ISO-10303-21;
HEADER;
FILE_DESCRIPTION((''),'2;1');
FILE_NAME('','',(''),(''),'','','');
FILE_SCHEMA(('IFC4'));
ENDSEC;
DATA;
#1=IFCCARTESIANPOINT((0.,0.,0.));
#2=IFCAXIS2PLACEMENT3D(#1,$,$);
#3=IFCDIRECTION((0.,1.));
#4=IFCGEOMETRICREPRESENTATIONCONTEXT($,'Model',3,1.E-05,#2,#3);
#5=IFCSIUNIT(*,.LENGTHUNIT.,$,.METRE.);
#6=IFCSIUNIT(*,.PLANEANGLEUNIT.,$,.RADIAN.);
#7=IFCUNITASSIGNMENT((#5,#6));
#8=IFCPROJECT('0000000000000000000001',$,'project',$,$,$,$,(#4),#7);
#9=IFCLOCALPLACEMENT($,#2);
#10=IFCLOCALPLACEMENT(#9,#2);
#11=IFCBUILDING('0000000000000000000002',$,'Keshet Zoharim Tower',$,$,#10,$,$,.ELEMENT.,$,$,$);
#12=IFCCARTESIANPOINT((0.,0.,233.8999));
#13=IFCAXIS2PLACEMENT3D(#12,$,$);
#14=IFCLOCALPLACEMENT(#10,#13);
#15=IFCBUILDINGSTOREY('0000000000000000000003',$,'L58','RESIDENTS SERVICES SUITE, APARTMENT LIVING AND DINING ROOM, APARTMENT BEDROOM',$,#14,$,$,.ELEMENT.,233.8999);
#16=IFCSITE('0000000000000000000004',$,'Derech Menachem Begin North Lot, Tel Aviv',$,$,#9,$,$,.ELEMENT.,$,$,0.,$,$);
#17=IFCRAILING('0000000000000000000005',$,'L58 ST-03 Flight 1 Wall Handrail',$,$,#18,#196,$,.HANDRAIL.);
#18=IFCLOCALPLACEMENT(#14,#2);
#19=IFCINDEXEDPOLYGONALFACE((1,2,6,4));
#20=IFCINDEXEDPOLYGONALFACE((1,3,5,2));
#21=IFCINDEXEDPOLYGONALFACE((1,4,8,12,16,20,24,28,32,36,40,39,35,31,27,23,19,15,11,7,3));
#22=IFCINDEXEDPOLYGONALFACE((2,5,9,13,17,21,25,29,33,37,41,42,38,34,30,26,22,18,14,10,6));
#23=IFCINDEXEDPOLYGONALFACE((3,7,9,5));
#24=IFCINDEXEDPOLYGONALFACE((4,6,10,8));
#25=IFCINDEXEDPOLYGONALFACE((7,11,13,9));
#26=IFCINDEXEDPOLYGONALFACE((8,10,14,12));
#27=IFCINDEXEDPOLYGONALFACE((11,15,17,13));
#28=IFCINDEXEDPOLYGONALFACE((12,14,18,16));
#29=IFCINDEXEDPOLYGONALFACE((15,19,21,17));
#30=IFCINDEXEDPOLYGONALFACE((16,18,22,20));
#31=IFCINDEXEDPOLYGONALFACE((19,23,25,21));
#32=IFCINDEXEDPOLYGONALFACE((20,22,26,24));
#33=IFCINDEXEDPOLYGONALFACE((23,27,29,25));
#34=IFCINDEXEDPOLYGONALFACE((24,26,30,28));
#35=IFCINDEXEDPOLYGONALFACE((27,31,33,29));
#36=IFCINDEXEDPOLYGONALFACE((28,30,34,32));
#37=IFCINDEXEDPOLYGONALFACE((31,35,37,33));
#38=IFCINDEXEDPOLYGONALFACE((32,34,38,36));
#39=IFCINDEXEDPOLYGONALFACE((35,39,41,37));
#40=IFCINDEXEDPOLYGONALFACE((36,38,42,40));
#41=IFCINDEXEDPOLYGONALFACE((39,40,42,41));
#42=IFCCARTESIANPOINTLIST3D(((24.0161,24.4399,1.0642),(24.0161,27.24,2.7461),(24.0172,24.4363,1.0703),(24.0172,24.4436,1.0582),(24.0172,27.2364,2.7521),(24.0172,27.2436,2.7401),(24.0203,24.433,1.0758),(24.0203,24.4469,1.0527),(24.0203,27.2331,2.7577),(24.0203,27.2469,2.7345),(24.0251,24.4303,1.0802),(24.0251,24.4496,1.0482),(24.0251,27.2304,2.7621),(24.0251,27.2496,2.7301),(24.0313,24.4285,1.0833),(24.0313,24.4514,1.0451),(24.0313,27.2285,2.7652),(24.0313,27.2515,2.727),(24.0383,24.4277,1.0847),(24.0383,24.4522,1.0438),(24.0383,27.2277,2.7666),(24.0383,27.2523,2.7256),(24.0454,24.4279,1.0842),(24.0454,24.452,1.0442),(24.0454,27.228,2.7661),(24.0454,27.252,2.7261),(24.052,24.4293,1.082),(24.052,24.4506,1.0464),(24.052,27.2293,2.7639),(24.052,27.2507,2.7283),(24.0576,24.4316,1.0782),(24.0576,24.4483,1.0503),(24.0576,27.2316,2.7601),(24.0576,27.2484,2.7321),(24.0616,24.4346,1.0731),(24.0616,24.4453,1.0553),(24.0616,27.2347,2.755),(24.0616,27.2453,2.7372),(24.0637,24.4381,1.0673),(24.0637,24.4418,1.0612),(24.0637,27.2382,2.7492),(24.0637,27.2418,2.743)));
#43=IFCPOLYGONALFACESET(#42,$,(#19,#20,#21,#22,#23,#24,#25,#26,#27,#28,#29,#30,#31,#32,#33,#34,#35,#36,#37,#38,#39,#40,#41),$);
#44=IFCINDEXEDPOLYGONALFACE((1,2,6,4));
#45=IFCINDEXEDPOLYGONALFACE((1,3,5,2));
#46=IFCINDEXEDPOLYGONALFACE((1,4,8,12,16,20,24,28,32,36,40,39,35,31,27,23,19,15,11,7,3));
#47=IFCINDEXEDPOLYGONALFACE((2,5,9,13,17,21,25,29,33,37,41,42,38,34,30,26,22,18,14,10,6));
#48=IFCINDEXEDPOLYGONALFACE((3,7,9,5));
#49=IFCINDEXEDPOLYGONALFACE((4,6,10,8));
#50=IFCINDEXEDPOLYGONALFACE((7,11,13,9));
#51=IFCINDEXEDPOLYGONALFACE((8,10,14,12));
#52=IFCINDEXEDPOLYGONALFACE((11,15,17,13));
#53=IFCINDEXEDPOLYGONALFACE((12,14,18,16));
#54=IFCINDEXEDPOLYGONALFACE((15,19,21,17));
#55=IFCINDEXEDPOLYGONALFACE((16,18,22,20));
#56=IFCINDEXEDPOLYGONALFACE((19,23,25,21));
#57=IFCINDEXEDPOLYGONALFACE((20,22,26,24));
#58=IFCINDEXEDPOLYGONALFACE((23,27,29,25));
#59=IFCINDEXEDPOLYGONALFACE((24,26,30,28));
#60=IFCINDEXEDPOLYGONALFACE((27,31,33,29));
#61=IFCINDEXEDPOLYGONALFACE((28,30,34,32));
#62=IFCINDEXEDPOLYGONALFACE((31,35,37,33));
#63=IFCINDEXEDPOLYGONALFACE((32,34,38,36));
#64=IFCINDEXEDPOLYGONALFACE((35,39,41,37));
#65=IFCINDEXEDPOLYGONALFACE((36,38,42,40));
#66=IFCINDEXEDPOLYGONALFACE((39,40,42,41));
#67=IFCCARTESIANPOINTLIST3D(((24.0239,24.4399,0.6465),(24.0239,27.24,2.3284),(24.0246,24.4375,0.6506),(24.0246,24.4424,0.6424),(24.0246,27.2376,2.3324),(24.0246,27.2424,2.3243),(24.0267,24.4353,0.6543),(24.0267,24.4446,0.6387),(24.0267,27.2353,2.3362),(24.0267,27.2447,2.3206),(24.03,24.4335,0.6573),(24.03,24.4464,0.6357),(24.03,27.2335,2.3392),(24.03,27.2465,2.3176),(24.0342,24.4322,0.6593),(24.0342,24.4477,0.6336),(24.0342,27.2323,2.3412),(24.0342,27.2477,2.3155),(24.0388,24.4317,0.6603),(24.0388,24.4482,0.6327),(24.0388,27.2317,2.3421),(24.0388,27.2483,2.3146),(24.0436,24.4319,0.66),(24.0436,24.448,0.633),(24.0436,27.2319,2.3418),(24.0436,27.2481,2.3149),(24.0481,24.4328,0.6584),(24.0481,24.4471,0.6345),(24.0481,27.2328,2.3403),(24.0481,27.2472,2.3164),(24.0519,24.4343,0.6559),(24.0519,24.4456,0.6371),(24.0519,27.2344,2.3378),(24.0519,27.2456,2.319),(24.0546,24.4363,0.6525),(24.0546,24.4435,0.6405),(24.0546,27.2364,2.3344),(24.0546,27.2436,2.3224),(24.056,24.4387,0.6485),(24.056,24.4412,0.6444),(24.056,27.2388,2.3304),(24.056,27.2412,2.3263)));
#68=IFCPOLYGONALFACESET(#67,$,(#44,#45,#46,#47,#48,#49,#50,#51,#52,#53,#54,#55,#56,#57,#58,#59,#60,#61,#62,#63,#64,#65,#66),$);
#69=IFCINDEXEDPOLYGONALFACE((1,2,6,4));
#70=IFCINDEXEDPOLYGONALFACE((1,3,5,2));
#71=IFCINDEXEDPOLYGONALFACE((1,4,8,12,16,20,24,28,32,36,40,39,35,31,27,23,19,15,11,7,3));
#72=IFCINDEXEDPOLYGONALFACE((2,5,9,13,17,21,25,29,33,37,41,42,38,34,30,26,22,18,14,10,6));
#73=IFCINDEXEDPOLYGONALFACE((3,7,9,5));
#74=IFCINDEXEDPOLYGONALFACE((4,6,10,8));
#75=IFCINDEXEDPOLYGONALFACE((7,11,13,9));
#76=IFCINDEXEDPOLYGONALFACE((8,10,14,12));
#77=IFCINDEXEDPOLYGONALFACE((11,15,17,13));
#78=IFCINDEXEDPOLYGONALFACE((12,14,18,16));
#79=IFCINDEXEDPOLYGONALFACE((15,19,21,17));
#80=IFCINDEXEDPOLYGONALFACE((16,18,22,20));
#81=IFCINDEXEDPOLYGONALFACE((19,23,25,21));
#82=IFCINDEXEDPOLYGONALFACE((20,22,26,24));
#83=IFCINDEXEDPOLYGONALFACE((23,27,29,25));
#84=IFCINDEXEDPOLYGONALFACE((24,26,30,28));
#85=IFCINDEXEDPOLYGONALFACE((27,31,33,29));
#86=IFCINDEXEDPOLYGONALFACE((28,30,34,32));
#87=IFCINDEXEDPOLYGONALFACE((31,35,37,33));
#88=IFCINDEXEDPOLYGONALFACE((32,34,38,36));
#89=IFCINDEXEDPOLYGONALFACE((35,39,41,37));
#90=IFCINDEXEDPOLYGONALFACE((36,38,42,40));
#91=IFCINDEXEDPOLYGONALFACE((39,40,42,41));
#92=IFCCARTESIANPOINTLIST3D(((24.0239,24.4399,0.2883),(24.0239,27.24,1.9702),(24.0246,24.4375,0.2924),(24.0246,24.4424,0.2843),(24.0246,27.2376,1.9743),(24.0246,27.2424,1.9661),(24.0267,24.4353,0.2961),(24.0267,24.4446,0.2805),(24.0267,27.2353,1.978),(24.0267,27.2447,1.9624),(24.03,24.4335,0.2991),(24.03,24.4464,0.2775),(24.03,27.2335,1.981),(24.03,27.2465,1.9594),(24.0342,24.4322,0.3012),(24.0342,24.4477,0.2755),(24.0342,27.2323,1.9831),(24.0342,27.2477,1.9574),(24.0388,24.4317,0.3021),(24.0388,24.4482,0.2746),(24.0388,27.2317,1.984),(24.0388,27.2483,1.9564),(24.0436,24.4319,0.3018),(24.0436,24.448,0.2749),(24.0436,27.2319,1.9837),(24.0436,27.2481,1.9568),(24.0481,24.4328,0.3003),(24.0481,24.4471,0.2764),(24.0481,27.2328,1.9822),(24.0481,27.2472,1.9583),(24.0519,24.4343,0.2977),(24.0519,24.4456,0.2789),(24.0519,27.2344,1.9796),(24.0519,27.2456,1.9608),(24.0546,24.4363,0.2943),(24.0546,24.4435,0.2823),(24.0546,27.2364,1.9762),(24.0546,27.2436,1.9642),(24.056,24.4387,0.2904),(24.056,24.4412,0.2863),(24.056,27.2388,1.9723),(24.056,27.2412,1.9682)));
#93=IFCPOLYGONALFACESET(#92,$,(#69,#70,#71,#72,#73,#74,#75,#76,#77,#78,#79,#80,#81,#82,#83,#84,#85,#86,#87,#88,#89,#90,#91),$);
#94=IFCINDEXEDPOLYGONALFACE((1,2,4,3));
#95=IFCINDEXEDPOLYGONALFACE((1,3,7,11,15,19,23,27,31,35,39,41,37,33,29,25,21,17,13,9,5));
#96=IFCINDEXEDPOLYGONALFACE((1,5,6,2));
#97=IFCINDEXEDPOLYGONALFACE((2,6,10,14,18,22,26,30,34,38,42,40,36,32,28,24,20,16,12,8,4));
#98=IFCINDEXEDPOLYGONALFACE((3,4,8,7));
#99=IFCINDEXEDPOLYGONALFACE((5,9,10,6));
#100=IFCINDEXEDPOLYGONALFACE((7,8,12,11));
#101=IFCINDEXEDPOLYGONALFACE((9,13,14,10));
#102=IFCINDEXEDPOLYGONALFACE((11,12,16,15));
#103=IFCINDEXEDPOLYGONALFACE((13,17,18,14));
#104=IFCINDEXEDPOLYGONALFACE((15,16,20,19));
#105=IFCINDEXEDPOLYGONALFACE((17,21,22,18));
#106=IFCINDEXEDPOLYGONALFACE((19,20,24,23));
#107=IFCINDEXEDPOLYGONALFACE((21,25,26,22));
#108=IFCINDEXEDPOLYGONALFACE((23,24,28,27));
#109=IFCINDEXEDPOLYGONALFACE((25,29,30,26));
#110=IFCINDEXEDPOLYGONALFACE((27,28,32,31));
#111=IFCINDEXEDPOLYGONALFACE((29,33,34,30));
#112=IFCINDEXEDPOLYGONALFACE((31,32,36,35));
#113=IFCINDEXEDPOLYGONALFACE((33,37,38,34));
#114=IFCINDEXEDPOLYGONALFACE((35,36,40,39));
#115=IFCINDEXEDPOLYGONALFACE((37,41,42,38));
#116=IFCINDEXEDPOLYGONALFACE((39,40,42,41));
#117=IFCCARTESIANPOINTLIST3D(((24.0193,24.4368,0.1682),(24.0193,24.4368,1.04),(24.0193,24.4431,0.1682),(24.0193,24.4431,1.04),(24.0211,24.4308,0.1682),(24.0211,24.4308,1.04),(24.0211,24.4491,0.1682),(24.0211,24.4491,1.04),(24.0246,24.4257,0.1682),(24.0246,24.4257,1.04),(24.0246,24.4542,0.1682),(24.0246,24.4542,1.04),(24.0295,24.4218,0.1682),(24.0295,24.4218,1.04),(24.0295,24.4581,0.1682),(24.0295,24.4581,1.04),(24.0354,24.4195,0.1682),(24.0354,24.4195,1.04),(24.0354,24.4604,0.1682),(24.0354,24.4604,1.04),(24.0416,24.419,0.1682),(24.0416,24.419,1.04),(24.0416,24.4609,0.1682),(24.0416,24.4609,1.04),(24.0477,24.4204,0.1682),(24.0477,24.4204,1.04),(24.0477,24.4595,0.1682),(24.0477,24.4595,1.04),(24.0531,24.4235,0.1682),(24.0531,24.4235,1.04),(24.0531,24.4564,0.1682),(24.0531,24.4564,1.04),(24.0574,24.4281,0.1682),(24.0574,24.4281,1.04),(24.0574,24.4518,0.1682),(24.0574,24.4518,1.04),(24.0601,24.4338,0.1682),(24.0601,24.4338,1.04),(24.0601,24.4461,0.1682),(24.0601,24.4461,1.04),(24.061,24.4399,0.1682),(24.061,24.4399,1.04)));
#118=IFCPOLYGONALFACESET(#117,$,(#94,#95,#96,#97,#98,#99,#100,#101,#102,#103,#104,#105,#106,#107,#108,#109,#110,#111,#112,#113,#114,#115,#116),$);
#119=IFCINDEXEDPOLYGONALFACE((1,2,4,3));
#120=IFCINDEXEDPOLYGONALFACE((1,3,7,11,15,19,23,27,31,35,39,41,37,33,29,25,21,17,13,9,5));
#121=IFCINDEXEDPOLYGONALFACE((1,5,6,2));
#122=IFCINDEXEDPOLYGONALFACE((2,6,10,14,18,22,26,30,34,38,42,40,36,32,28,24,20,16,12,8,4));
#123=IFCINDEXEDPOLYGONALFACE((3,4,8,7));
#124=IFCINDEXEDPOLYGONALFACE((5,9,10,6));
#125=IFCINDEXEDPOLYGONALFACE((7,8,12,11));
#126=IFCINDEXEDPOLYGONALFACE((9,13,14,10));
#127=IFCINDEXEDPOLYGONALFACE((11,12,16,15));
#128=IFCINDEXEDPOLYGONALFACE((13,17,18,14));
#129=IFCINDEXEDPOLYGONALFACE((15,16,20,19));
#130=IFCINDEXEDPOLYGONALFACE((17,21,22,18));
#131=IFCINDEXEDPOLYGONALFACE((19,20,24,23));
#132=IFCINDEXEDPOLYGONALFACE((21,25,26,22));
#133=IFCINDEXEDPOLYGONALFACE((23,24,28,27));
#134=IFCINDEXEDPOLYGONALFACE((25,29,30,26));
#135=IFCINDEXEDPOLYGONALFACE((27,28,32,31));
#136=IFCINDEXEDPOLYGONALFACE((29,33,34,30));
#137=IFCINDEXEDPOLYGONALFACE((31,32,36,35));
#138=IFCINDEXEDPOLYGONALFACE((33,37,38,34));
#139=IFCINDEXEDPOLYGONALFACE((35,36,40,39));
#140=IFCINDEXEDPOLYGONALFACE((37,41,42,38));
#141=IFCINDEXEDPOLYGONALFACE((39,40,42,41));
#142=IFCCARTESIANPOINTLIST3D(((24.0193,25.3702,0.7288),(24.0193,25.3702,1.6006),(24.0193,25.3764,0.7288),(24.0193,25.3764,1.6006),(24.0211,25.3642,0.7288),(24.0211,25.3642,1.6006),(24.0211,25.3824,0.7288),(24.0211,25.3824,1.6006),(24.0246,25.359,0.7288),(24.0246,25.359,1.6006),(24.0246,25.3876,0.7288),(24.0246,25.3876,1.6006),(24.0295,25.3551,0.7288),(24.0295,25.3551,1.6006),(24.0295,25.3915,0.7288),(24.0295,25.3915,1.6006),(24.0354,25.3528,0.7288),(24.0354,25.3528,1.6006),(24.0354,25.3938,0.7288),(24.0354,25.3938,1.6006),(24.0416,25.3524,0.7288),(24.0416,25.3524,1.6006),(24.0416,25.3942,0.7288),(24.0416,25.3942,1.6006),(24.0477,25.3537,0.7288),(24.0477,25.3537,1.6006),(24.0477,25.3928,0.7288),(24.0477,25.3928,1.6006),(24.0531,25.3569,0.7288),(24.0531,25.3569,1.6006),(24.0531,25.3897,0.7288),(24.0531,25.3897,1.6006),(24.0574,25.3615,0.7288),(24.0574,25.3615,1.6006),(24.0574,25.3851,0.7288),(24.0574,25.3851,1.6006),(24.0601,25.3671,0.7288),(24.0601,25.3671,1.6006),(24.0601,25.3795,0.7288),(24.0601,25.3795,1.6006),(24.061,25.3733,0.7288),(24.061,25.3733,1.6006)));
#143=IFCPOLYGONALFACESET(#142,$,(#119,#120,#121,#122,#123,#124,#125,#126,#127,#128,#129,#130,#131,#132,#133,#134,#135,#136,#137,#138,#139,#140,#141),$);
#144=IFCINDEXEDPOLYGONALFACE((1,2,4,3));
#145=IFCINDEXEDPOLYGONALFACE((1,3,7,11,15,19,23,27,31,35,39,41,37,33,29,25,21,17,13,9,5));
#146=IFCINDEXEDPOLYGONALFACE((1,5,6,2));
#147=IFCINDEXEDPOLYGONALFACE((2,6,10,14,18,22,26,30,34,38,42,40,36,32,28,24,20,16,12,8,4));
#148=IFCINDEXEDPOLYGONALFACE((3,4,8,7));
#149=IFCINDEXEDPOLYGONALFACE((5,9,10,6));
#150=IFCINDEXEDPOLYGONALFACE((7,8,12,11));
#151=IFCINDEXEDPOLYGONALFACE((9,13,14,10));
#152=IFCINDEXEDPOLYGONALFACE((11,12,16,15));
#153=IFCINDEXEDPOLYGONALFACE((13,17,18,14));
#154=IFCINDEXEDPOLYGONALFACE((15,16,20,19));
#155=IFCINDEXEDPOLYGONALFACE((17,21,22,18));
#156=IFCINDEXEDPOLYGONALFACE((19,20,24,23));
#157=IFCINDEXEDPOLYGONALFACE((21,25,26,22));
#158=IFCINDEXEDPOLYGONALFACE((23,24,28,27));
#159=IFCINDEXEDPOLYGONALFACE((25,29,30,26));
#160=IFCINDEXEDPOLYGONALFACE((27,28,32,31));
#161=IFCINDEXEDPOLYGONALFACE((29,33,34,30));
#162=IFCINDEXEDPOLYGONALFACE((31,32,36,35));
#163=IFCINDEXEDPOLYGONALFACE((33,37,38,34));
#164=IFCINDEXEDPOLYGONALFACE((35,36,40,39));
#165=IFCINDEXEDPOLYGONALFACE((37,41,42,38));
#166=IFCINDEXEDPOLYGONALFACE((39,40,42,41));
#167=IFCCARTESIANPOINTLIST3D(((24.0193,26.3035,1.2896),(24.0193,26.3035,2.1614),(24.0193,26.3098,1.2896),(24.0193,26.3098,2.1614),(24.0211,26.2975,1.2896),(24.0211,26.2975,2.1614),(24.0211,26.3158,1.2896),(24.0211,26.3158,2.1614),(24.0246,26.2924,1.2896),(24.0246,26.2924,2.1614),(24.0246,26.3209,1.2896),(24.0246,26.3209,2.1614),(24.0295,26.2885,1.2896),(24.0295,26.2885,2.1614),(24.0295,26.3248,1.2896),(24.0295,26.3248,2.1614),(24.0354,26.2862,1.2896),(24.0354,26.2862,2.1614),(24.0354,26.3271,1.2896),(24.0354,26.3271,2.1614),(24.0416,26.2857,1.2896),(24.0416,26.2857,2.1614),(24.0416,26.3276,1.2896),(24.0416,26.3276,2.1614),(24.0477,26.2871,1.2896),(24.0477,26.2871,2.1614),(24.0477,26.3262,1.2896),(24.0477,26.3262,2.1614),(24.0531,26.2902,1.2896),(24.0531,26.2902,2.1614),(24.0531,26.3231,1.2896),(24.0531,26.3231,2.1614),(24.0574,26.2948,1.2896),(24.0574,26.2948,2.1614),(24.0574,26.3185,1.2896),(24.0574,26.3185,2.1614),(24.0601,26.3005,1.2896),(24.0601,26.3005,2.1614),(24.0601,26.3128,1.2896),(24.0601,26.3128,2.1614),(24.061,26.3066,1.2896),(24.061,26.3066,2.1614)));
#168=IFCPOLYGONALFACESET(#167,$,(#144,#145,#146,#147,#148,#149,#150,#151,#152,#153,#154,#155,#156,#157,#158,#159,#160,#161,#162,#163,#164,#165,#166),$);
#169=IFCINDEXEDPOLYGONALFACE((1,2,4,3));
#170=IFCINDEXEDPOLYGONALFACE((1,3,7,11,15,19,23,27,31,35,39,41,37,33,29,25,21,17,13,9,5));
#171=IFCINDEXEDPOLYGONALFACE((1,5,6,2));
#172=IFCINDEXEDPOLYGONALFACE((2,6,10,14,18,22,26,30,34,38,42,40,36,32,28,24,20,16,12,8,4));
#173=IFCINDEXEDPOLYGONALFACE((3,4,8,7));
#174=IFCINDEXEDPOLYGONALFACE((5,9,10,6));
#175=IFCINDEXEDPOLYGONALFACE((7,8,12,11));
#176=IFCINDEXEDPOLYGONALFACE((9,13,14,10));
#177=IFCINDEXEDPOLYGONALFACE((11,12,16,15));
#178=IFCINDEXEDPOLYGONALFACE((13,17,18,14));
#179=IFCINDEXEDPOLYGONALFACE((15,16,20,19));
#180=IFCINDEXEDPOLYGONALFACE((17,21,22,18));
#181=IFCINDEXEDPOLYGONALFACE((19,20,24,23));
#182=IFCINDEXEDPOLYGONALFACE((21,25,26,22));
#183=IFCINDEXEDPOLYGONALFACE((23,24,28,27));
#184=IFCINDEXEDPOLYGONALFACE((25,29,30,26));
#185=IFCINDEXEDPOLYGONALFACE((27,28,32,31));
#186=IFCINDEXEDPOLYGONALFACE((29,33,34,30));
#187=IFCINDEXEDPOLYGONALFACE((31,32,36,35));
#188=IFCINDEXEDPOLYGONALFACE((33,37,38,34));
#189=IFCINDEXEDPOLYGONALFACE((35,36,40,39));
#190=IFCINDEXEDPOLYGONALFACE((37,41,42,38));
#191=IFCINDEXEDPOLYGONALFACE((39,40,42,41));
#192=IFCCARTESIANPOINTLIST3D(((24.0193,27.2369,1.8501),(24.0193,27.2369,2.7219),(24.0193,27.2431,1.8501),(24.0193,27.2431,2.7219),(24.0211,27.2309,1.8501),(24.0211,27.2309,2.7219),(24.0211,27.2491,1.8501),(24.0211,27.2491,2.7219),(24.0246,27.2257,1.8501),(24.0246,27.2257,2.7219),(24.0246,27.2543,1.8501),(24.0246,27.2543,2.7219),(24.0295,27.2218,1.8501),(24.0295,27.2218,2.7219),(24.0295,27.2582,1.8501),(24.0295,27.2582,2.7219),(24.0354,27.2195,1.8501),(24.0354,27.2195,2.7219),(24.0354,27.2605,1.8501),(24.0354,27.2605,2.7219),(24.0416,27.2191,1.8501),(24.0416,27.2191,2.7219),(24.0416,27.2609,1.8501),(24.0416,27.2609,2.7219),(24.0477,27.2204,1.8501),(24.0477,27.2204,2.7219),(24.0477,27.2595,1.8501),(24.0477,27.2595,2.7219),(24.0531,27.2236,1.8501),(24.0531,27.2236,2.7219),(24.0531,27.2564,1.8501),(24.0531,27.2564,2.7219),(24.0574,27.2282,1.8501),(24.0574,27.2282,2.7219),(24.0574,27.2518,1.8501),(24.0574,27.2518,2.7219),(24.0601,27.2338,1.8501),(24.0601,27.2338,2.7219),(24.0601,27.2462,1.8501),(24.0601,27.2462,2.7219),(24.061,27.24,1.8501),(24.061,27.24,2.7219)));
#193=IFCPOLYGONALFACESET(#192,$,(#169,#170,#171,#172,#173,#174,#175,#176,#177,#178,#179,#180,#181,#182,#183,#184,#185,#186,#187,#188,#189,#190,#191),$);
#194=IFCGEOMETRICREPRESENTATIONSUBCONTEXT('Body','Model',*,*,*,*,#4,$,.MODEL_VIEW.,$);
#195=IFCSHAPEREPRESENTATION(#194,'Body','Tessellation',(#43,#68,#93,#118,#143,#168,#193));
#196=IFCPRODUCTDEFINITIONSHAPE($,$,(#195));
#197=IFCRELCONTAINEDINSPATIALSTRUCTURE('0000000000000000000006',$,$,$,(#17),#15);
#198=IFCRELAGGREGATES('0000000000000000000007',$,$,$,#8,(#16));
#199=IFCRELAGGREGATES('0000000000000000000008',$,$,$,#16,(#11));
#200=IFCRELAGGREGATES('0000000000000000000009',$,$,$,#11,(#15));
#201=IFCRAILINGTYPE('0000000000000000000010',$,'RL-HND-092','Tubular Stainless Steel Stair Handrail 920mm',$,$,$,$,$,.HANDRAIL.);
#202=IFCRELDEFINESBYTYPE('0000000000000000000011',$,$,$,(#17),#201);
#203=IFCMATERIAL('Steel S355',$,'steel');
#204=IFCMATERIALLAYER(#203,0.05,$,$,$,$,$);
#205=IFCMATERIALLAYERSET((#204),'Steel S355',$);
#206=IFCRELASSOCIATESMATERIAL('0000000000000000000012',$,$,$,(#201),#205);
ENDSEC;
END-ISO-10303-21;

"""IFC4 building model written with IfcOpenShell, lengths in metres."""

from ifc_helpers import new_model, si_unit, direction, frame, origin, origin_2d, place, context, subcontext, project, spatial, circle, extrude, material, layer, layer_set, type_object, element, save


model = new_model("IFC4")

# Units and contexts
model_context = context("Model", 3, precision=1e-05, world=origin(), true_north=direction((0.0, 1.0)))
body_context = subcontext(model_context, "Body", "Model", "MODEL_VIEW")
ifc_project = project(units=[si_unit("LENGTHUNIT", "METRE"), si_unit("PLANEANGLEUNIT", "RADIAN")], contexts=[model_context])

# Site, building, storey
site_placement = place(None, origin())
site = spatial("IfcSite", under=ifc_project, at=site_placement, Name="Derech Menachem Begin North Lot, Tel Aviv", CompositionType="ELEMENT", RefElevation=0.0)
building_placement = place(site_placement, origin())
building = spatial("IfcBuilding", under=site, at=building_placement, Name="Keshet Zoharim Tower", CompositionType="ELEMENT")
storey_placement = place(building_placement, frame((0.0, 0.0, 233.8999)))
storey = spatial("IfcBuildingStorey", under=building, at=storey_placement, Name="L58", Description="RESIDENTS SERVICES SUITE, APARTMENT LIVING AND DINING ROOM, APARTMENT BEDROOM", CompositionType="ELEMENT", Elevation=233.8999)

# Shared definitions
ifc_material_1 = material(Name="Steel S355", Category="steel")

# Railing
ifc_layer_1 = layer(ifc_material_1, 0.05)
ifc_layer_set_1 = layer_set([ifc_layer_1], Name="Steel S355")
railing_type_1 = type_object("IfcRailingType", Name="RL-HND-092", Description="Tubular Stainless Steel Stair Handrail 920mm", PredefinedType="HANDRAIL", material=ifc_layer_set_1)
railing_1_placement = place(storey_placement, frame((24.04, 24.4399, 0.1682)))
element("IfcRailing", 1, at=railing_1_placement, inside=storey, type_object=railing_type_1, Name="L58 ST-03 Flight 1 Wall Handrail", PredefinedType="HANDRAIL", context=body_context, shape_type="SweptSolid", body=[
    extrude(circle(Radius=0.0239, at=origin_2d()), frame((0.0, 0.0, 0.896), z_axis=(0.0, 0.857242, 0.514913), x_axis=(-1.0, 0.0, 0.0)), (0.0, 0.0, 1.0), 3.2664),
    extrude(circle(Radius=0.0161, at=origin_2d()), frame((0.0, 0.0, 0.4783), z_axis=(0.0, 0.857242, 0.514913), x_axis=(-1.0, 0.0, 0.0)), (0.0, 0.0, 1.0), 3.2664),
    extrude(circle(Radius=0.0161, at=origin_2d()), frame((0.0, 0.0, 0.1201), z_axis=(0.0, 0.857242, 0.514913), x_axis=(-1.0, 0.0, 0.0)), (0.0, 0.0, 1.0), 3.2664),
    extrude(circle(Radius=0.021, at=origin_2d()), origin(), (0.0, 0.0, 1.0), 0.8718),
    extrude(circle(Radius=0.021, at=origin_2d()), frame((0.0, 0.9333, 0.5605)), (0.0, 0.0, 1.0), 0.8718),
    extrude(circle(Radius=0.021, at=origin_2d()), frame((0.0, 1.8667, 1.1213)), (0.0, 0.0, 1.0), 0.8718),
    extrude(circle(Radius=0.021, at=origin_2d()), frame((0.0, 2.8, 1.6819)), (0.0, 0.0, 1.0), 0.8718),
])

save(model, "model.ifc")
